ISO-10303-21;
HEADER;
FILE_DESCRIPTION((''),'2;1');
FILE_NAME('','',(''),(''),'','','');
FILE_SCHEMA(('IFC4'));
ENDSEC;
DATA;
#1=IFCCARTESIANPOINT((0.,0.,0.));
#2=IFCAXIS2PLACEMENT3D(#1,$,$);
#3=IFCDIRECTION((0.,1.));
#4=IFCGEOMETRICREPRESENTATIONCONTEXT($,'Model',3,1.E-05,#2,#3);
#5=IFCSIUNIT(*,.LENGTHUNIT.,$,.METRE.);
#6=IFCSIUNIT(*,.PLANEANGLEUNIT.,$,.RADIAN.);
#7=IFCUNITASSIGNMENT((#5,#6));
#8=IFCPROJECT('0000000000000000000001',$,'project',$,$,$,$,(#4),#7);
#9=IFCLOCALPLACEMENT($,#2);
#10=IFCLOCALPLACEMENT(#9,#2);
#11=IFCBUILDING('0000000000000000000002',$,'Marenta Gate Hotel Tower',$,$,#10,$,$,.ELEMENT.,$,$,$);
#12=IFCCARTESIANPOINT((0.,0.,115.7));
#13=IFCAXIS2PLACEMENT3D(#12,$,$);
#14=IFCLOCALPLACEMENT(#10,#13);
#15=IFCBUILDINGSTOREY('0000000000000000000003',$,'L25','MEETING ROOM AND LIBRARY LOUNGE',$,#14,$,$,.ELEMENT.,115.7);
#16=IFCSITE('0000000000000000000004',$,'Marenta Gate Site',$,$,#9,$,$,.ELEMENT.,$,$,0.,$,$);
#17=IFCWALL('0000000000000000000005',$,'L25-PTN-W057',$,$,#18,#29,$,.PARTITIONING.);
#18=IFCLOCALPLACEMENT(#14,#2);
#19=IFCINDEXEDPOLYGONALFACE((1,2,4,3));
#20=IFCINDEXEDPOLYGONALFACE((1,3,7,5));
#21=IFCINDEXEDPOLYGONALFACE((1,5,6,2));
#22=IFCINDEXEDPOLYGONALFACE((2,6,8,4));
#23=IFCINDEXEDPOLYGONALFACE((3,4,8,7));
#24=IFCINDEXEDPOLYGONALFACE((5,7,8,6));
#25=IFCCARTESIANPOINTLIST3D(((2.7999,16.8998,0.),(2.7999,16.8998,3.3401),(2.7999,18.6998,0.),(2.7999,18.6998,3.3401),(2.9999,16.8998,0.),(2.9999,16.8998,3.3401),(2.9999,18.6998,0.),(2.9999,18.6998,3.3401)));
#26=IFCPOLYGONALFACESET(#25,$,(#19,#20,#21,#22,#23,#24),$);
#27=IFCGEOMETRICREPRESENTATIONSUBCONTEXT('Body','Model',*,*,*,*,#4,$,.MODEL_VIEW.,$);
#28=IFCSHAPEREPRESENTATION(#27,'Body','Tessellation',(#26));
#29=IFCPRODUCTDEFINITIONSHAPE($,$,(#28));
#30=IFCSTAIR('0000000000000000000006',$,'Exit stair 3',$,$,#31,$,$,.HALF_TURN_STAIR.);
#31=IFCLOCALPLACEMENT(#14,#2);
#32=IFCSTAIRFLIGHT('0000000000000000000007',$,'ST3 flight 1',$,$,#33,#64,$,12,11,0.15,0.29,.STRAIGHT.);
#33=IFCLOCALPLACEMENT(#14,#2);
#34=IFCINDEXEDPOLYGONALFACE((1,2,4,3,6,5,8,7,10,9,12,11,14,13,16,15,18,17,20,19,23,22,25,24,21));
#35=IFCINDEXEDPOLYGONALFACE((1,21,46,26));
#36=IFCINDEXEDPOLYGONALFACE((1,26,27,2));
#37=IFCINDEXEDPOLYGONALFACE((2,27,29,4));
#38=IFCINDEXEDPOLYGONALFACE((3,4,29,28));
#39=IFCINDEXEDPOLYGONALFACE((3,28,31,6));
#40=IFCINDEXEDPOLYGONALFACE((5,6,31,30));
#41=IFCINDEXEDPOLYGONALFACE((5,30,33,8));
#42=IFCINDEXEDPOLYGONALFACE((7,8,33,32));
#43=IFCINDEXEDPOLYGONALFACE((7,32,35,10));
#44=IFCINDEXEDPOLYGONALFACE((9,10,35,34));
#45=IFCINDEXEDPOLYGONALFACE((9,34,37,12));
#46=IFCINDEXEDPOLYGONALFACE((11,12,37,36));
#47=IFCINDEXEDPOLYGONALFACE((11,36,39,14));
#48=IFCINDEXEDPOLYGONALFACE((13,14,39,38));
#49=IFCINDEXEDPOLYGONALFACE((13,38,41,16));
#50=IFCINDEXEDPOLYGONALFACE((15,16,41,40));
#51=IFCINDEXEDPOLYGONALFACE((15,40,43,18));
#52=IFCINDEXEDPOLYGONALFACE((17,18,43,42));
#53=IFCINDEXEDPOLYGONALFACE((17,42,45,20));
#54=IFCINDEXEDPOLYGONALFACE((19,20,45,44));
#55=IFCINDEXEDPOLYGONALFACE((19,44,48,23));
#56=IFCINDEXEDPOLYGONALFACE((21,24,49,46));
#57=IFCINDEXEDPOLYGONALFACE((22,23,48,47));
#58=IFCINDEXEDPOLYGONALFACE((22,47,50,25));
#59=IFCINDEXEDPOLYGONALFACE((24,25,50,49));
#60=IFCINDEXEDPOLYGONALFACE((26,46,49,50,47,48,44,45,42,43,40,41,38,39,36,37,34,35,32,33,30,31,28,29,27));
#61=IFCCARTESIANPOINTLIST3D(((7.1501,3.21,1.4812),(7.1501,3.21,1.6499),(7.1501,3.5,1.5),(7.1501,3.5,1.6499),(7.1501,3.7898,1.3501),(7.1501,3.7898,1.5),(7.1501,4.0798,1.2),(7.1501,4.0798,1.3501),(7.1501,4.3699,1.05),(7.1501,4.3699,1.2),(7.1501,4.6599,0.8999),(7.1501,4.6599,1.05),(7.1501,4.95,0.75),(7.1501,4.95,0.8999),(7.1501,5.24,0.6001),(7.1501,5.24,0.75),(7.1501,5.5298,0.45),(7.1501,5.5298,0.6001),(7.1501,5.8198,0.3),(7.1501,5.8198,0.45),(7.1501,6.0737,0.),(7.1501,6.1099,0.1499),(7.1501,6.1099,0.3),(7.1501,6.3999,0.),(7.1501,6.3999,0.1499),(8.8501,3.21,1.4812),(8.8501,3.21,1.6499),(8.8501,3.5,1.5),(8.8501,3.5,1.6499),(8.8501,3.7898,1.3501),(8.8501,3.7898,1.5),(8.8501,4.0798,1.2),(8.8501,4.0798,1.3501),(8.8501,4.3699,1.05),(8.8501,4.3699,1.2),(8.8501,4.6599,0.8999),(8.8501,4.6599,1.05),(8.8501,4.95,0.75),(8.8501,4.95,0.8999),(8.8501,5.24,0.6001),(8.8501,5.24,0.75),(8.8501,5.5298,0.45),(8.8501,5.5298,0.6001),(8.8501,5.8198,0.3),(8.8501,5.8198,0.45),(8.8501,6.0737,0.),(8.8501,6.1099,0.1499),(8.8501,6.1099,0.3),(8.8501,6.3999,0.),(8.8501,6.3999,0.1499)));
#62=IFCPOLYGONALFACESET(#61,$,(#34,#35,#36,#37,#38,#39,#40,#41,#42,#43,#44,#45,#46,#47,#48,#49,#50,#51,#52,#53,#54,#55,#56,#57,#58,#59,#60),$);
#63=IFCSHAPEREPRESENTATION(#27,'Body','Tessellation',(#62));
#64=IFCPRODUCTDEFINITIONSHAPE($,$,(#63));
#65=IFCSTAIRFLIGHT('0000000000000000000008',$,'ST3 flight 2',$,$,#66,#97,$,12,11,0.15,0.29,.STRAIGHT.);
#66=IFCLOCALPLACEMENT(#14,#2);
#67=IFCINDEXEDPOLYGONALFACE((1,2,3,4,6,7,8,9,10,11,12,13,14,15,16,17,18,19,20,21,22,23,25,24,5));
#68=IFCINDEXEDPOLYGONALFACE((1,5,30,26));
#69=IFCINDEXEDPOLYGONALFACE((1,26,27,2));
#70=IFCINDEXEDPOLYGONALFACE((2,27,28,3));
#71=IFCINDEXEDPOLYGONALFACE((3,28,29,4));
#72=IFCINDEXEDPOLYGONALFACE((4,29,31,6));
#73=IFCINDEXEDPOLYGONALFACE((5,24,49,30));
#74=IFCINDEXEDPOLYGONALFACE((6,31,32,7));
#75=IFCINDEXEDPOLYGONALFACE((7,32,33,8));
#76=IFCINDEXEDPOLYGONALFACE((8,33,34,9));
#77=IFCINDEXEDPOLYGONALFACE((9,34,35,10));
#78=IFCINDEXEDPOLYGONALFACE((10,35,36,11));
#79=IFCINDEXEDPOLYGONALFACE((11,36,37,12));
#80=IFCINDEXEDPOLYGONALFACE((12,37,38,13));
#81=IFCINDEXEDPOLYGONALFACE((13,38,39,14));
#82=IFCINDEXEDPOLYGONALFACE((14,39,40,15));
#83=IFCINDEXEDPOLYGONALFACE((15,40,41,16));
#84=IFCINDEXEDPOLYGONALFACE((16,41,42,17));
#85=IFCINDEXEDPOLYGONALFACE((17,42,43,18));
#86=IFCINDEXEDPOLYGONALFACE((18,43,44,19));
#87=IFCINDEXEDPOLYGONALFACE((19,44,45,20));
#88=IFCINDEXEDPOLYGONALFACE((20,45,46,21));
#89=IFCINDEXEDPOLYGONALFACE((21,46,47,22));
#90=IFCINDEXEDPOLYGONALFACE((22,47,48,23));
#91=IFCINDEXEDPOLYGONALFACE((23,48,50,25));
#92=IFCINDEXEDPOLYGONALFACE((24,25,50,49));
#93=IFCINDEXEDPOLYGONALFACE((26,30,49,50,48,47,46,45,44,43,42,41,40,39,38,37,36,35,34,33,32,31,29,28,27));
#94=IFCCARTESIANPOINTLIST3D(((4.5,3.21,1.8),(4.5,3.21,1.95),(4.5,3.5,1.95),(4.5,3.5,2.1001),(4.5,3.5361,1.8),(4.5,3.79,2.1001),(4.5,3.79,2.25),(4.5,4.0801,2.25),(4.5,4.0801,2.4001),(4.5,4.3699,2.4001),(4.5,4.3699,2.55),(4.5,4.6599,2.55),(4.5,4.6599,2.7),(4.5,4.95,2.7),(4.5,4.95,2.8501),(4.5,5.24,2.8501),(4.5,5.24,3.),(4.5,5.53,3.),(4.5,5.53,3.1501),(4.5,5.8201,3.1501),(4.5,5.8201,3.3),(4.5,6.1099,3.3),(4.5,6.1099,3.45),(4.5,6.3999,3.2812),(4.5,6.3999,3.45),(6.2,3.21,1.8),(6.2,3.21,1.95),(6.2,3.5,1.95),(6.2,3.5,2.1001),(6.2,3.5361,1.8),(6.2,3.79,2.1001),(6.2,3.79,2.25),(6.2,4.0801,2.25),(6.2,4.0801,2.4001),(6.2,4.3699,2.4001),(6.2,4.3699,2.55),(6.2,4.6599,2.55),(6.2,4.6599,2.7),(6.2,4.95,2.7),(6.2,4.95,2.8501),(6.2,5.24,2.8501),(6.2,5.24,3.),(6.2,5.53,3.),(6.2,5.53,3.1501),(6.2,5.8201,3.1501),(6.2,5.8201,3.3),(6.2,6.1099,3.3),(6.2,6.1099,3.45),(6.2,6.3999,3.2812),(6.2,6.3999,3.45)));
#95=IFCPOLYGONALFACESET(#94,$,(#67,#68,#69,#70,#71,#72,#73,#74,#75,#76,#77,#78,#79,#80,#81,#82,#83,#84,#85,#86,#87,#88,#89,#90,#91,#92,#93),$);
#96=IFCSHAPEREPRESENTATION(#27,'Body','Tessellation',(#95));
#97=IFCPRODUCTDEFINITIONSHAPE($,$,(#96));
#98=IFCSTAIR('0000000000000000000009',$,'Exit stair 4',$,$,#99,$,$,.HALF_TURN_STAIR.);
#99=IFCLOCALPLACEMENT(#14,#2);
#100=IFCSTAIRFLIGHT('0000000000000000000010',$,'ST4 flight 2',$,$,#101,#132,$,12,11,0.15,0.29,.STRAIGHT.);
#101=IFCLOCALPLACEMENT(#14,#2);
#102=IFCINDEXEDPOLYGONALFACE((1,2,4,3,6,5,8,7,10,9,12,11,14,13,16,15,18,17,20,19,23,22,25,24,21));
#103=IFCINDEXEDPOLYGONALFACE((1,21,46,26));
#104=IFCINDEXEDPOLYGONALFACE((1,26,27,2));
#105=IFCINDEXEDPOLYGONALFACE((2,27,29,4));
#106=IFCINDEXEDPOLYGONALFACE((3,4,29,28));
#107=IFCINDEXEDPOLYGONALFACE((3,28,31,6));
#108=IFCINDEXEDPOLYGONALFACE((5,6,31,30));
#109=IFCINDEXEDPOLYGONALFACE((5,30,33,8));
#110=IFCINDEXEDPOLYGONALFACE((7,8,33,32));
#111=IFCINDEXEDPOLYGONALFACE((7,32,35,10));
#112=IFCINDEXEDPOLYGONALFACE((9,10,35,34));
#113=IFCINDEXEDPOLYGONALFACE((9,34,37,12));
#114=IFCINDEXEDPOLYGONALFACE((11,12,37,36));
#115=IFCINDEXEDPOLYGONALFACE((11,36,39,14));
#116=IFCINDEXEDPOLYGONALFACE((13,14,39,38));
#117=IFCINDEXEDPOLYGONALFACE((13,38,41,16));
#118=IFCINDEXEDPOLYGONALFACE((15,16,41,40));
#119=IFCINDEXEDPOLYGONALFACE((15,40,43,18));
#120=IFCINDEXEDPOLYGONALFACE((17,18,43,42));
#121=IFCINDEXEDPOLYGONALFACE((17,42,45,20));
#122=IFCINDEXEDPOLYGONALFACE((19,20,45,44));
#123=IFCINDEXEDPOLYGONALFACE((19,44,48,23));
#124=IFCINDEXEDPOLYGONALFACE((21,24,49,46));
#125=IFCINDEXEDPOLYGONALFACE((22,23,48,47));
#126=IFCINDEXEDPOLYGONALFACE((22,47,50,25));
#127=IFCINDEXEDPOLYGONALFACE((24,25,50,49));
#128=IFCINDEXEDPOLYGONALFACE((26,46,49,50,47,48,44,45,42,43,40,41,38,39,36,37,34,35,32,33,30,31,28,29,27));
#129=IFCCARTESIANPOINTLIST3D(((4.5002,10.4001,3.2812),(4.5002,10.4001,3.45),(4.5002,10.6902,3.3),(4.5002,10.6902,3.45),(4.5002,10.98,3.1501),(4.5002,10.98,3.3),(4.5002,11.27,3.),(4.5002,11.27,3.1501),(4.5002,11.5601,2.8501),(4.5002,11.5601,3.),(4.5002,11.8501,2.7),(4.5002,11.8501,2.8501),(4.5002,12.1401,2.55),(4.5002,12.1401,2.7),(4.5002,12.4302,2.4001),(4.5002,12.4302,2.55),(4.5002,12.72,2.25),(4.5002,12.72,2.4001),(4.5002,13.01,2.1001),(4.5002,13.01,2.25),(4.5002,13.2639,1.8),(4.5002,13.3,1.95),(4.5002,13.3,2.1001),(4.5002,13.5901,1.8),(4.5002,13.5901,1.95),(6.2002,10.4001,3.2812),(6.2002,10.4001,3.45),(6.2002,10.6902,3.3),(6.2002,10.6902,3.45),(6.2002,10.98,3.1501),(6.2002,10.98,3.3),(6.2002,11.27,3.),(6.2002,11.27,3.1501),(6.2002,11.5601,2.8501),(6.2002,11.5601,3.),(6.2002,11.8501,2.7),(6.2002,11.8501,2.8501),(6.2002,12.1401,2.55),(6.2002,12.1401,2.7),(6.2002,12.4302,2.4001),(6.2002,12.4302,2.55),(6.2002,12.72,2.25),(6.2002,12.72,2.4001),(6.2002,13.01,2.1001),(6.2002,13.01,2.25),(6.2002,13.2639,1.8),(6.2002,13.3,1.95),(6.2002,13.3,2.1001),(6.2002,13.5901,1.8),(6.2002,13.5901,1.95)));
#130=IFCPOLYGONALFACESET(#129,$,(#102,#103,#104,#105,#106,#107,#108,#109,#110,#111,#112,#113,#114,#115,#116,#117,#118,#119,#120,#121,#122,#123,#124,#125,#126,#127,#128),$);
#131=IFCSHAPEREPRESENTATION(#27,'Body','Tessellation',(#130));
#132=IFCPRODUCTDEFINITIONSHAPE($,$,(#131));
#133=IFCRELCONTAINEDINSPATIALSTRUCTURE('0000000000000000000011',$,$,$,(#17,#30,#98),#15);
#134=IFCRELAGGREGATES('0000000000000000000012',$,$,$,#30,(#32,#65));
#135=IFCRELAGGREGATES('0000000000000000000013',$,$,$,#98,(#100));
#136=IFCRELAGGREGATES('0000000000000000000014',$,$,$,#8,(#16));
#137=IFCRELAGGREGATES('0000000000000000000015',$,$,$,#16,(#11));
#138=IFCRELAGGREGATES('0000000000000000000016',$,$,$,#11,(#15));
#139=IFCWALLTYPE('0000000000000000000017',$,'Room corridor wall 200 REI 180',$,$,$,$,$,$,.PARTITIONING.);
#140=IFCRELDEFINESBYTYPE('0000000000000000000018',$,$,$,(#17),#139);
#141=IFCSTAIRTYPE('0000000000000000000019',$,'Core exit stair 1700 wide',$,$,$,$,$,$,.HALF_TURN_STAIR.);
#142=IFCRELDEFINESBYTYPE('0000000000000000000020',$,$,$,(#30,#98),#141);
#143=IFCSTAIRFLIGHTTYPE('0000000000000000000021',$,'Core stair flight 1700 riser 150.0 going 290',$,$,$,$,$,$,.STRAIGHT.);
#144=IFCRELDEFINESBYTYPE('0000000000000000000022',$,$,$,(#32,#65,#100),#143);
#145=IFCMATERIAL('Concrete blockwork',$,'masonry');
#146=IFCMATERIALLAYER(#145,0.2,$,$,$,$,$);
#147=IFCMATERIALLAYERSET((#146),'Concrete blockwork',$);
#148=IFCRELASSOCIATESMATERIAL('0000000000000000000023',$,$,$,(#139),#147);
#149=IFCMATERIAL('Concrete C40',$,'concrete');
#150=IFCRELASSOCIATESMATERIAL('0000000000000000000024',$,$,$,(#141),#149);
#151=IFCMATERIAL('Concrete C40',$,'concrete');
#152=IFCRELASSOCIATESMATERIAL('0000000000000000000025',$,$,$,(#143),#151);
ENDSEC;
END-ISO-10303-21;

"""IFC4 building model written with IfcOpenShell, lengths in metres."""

from ifc_helpers import new_model, si_unit, direction, frame, frame_2d, origin, place, context, subcontext, project, spatial, polyline, rectangle, outline, extrude, material, layer, layer_set, type_object, element, aggregate, save


model = new_model("IFC4")

# Units and contexts
model_context = context("Model", 3, precision=1e-05, world=origin(), true_north=direction((0.0, 1.0)))
body_context = subcontext(model_context, "Body", "Model", "MODEL_VIEW")
ifc_project = project(units=[si_unit("LENGTHUNIT", "METRE"), si_unit("PLANEANGLEUNIT", "RADIAN")], contexts=[model_context])

# Site, building, storey
site_placement = place(None, origin())
site = spatial("IfcSite", under=ifc_project, at=site_placement, Name="Marenta Gate Site", CompositionType="ELEMENT", RefElevation=0.0)
building_placement = place(site_placement, origin())
building = spatial("IfcBuilding", under=site, at=building_placement, Name="Marenta Gate Hotel Tower", CompositionType="ELEMENT")
storey_placement = place(building_placement, frame((0.0, 0.0, 115.7)))
storey = spatial("IfcBuildingStorey", under=building, at=storey_placement, Name="L25", Description="MEETING ROOM AND LIBRARY LOUNGE", CompositionType="ELEMENT", Elevation=115.7)

# Wall
ifc_material_1 = material(Name="Concrete blockwork", Category="masonry")
ifc_layer_1 = layer(ifc_material_1, 0.2)
ifc_layer_set_1 = layer_set([ifc_layer_1], Name="Concrete blockwork")
wall_type_1 = type_object("IfcWallType", Name="Room corridor wall 200 REI 180", PredefinedType="PARTITIONING", material=ifc_layer_set_1)
wall_1_placement = place(storey_placement, frame((2.8999, 16.8999, 0.0), z_axis=(0.0, 0.0, 1.0), x_axis=(0.0, 1.0, 0.0)))
element("IfcWall", 1, at=wall_1_placement, inside=storey, type_object=wall_type_1, Name="L25-PTN-W057", PredefinedType="PARTITIONING", context=body_context, shape_type="SweptSolid", body=[
    extrude(rectangle(XDim=1.8, YDim=0.2, at=frame_2d((0.8999, 0.0))), origin(), (0.0, 0.0, 1.0), 3.3401),
])

# Stair, stair flights
ifc_material_2 = material(Name="Concrete C40", Category="concrete")
stair_type_1 = type_object("IfcStairType", Name="Core exit stair 1700 wide", PredefinedType="HALF_TURN_STAIR", material=ifc_material_2)
stair_1_placement = place(storey_placement, origin())
stair_1 = element("IfcStair", 2, at=stair_1_placement, inside=storey, type_object=stair_type_1, Name="Exit stair 3", PredefinedType="HALF_TURN_STAIR")
ifc_material_3 = material(Name="Concrete C40", Category="concrete")
stair_flight_type = type_object("IfcStairFlightType", Name="Core stair flight 1700 riser 150.0 going 290", PredefinedType="STRAIGHT", material=ifc_material_3)
stair_flight_1_placement = place(storey_placement, frame((8.0, 6.3999, 0.0), z_axis=(0.0, 0.0, 1.0), x_axis=(0.0, -1.0, 0.0)))
stair_flight_1 = element("IfcStairFlight", 3, at=stair_flight_1_placement, type_object=stair_flight_type, Name="ST3 flight 1", NumberOfRisers=12, NumberOfTreads=11, PredefinedType="STRAIGHT", RiserHeight=0.15, TreadLength=0.29, context=body_context, shape_type="SweptSolid", body=[
    extrude(outline(polyline([(0.0, 0.0), (0.0, 0.1499), (0.29, 0.1499), (0.29, 0.3), (0.5801, 0.3), (0.5801, 0.45), (0.8701, 0.45), (0.8701, 0.6001), (1.1599, 0.6001), (1.1599, 0.75), (1.45, 0.75), (1.45, 0.8999), (1.74, 0.8999), (1.74, 1.05), (2.03, 1.05), (2.03, 1.2), (2.3201, 1.2), (2.3201, 1.3501), (2.6101, 1.3501), (2.6101, 1.5), (2.8999, 1.5), (2.8999, 1.6499), (3.1899, 1.6499), (3.1899, 1.8), (3.1899, 1.4812), (0.3262, 0.0), (0.0, 0.0)])), frame((0.0, 0.8501, 0.0), z_axis=(0.0, -1.0, 0.0), x_axis=(1.0, 0.0, 0.0)), (0.0, 0.0, 1.0), 1.7),
])
stair_flight_2_placement = place(storey_placement, frame((5.3501, 3.21, 1.8), z_axis=(0.0, 0.0, 1.0), x_axis=(0.0, 1.0, 0.0)))
stair_flight_2 = element("IfcStairFlight", 4, at=stair_flight_2_placement, type_object=stair_flight_type, Name="ST3 flight 2", NumberOfRisers=12, NumberOfTreads=11, PredefinedType="STRAIGHT", RiserHeight=0.15, TreadLength=0.29, context=body_context, shape_type="SweptSolid", body=[
    extrude(outline(polyline([(0.0, 0.0), (0.0, 0.1499), (0.29, 0.1499), (0.29, 0.3), (0.5801, 0.3), (0.5801, 0.45), (0.8701, 0.45), (0.8701, 0.6001), (1.1599, 0.6001), (1.1599, 0.75), (1.45, 0.75), (1.45, 0.8999), (1.74, 0.8999), (1.74, 1.05), (2.03, 1.05), (2.03, 1.2), (2.3201, 1.2), (2.3201, 1.3501), (2.6101, 1.3501), (2.6101, 1.5), (2.8999, 1.5), (2.8999, 1.6499), (3.1899, 1.6499), (3.1899, 1.8), (3.1899, 1.4812), (0.3262, 0.0), (0.0, 0.0)])), frame((0.0, 0.8501, 0.0), z_axis=(0.0, -1.0, 0.0), x_axis=(1.0, 0.0, 0.0)), (0.0, 0.0, 1.0), 1.7),
])
aggregate(stair_1, [stair_flight_1, stair_flight_2])

# Stair, stair flight
stair_2_placement = place(storey_placement, origin())
stair_2 = element("IfcStair", 5, at=stair_2_placement, inside=storey, type_object=stair_type_1, Name="Exit stair 4", PredefinedType="HALF_TURN_STAIR")
stair_flight_3_placement = place(storey_placement, frame((5.3501, 13.5901, 1.8), z_axis=(0.0, 0.0, 1.0), x_axis=(0.0, -1.0, 0.0)))
stair_flight_3 = element("IfcStairFlight", 6, at=stair_flight_3_placement, type_object=stair_flight_type, Name="ST4 flight 2", NumberOfRisers=12, NumberOfTreads=11, PredefinedType="STRAIGHT", RiserHeight=0.15, TreadLength=0.29, context=body_context, shape_type="SweptSolid", body=[
    extrude(outline(polyline([(0.0, 0.0), (0.0, 0.1499), (0.29, 0.1499), (0.29, 0.3), (0.5801, 0.3), (0.5801, 0.45), (0.8701, 0.45), (0.8701, 0.6001), (1.1599, 0.6001), (1.1599, 0.75), (1.45, 0.75), (1.45, 0.8999), (1.74, 0.8999), (1.74, 1.05), (2.03, 1.05), (2.03, 1.2), (2.3201, 1.2), (2.3201, 1.3501), (2.6101, 1.3501), (2.6101, 1.5), (2.8999, 1.5), (2.8999, 1.6499), (3.1899, 1.6499), (3.1899, 1.8), (3.1899, 1.4812), (0.3262, 0.0), (0.0, 0.0)])), frame((0.0, 0.8501, 0.0), z_axis=(0.0, -1.0, 0.0), x_axis=(1.0, 0.0, 0.0)), (0.0, 0.0, 1.0), 1.7),
])
aggregate(stair_2, [stair_flight_3])

save(model, "model.ifc")
